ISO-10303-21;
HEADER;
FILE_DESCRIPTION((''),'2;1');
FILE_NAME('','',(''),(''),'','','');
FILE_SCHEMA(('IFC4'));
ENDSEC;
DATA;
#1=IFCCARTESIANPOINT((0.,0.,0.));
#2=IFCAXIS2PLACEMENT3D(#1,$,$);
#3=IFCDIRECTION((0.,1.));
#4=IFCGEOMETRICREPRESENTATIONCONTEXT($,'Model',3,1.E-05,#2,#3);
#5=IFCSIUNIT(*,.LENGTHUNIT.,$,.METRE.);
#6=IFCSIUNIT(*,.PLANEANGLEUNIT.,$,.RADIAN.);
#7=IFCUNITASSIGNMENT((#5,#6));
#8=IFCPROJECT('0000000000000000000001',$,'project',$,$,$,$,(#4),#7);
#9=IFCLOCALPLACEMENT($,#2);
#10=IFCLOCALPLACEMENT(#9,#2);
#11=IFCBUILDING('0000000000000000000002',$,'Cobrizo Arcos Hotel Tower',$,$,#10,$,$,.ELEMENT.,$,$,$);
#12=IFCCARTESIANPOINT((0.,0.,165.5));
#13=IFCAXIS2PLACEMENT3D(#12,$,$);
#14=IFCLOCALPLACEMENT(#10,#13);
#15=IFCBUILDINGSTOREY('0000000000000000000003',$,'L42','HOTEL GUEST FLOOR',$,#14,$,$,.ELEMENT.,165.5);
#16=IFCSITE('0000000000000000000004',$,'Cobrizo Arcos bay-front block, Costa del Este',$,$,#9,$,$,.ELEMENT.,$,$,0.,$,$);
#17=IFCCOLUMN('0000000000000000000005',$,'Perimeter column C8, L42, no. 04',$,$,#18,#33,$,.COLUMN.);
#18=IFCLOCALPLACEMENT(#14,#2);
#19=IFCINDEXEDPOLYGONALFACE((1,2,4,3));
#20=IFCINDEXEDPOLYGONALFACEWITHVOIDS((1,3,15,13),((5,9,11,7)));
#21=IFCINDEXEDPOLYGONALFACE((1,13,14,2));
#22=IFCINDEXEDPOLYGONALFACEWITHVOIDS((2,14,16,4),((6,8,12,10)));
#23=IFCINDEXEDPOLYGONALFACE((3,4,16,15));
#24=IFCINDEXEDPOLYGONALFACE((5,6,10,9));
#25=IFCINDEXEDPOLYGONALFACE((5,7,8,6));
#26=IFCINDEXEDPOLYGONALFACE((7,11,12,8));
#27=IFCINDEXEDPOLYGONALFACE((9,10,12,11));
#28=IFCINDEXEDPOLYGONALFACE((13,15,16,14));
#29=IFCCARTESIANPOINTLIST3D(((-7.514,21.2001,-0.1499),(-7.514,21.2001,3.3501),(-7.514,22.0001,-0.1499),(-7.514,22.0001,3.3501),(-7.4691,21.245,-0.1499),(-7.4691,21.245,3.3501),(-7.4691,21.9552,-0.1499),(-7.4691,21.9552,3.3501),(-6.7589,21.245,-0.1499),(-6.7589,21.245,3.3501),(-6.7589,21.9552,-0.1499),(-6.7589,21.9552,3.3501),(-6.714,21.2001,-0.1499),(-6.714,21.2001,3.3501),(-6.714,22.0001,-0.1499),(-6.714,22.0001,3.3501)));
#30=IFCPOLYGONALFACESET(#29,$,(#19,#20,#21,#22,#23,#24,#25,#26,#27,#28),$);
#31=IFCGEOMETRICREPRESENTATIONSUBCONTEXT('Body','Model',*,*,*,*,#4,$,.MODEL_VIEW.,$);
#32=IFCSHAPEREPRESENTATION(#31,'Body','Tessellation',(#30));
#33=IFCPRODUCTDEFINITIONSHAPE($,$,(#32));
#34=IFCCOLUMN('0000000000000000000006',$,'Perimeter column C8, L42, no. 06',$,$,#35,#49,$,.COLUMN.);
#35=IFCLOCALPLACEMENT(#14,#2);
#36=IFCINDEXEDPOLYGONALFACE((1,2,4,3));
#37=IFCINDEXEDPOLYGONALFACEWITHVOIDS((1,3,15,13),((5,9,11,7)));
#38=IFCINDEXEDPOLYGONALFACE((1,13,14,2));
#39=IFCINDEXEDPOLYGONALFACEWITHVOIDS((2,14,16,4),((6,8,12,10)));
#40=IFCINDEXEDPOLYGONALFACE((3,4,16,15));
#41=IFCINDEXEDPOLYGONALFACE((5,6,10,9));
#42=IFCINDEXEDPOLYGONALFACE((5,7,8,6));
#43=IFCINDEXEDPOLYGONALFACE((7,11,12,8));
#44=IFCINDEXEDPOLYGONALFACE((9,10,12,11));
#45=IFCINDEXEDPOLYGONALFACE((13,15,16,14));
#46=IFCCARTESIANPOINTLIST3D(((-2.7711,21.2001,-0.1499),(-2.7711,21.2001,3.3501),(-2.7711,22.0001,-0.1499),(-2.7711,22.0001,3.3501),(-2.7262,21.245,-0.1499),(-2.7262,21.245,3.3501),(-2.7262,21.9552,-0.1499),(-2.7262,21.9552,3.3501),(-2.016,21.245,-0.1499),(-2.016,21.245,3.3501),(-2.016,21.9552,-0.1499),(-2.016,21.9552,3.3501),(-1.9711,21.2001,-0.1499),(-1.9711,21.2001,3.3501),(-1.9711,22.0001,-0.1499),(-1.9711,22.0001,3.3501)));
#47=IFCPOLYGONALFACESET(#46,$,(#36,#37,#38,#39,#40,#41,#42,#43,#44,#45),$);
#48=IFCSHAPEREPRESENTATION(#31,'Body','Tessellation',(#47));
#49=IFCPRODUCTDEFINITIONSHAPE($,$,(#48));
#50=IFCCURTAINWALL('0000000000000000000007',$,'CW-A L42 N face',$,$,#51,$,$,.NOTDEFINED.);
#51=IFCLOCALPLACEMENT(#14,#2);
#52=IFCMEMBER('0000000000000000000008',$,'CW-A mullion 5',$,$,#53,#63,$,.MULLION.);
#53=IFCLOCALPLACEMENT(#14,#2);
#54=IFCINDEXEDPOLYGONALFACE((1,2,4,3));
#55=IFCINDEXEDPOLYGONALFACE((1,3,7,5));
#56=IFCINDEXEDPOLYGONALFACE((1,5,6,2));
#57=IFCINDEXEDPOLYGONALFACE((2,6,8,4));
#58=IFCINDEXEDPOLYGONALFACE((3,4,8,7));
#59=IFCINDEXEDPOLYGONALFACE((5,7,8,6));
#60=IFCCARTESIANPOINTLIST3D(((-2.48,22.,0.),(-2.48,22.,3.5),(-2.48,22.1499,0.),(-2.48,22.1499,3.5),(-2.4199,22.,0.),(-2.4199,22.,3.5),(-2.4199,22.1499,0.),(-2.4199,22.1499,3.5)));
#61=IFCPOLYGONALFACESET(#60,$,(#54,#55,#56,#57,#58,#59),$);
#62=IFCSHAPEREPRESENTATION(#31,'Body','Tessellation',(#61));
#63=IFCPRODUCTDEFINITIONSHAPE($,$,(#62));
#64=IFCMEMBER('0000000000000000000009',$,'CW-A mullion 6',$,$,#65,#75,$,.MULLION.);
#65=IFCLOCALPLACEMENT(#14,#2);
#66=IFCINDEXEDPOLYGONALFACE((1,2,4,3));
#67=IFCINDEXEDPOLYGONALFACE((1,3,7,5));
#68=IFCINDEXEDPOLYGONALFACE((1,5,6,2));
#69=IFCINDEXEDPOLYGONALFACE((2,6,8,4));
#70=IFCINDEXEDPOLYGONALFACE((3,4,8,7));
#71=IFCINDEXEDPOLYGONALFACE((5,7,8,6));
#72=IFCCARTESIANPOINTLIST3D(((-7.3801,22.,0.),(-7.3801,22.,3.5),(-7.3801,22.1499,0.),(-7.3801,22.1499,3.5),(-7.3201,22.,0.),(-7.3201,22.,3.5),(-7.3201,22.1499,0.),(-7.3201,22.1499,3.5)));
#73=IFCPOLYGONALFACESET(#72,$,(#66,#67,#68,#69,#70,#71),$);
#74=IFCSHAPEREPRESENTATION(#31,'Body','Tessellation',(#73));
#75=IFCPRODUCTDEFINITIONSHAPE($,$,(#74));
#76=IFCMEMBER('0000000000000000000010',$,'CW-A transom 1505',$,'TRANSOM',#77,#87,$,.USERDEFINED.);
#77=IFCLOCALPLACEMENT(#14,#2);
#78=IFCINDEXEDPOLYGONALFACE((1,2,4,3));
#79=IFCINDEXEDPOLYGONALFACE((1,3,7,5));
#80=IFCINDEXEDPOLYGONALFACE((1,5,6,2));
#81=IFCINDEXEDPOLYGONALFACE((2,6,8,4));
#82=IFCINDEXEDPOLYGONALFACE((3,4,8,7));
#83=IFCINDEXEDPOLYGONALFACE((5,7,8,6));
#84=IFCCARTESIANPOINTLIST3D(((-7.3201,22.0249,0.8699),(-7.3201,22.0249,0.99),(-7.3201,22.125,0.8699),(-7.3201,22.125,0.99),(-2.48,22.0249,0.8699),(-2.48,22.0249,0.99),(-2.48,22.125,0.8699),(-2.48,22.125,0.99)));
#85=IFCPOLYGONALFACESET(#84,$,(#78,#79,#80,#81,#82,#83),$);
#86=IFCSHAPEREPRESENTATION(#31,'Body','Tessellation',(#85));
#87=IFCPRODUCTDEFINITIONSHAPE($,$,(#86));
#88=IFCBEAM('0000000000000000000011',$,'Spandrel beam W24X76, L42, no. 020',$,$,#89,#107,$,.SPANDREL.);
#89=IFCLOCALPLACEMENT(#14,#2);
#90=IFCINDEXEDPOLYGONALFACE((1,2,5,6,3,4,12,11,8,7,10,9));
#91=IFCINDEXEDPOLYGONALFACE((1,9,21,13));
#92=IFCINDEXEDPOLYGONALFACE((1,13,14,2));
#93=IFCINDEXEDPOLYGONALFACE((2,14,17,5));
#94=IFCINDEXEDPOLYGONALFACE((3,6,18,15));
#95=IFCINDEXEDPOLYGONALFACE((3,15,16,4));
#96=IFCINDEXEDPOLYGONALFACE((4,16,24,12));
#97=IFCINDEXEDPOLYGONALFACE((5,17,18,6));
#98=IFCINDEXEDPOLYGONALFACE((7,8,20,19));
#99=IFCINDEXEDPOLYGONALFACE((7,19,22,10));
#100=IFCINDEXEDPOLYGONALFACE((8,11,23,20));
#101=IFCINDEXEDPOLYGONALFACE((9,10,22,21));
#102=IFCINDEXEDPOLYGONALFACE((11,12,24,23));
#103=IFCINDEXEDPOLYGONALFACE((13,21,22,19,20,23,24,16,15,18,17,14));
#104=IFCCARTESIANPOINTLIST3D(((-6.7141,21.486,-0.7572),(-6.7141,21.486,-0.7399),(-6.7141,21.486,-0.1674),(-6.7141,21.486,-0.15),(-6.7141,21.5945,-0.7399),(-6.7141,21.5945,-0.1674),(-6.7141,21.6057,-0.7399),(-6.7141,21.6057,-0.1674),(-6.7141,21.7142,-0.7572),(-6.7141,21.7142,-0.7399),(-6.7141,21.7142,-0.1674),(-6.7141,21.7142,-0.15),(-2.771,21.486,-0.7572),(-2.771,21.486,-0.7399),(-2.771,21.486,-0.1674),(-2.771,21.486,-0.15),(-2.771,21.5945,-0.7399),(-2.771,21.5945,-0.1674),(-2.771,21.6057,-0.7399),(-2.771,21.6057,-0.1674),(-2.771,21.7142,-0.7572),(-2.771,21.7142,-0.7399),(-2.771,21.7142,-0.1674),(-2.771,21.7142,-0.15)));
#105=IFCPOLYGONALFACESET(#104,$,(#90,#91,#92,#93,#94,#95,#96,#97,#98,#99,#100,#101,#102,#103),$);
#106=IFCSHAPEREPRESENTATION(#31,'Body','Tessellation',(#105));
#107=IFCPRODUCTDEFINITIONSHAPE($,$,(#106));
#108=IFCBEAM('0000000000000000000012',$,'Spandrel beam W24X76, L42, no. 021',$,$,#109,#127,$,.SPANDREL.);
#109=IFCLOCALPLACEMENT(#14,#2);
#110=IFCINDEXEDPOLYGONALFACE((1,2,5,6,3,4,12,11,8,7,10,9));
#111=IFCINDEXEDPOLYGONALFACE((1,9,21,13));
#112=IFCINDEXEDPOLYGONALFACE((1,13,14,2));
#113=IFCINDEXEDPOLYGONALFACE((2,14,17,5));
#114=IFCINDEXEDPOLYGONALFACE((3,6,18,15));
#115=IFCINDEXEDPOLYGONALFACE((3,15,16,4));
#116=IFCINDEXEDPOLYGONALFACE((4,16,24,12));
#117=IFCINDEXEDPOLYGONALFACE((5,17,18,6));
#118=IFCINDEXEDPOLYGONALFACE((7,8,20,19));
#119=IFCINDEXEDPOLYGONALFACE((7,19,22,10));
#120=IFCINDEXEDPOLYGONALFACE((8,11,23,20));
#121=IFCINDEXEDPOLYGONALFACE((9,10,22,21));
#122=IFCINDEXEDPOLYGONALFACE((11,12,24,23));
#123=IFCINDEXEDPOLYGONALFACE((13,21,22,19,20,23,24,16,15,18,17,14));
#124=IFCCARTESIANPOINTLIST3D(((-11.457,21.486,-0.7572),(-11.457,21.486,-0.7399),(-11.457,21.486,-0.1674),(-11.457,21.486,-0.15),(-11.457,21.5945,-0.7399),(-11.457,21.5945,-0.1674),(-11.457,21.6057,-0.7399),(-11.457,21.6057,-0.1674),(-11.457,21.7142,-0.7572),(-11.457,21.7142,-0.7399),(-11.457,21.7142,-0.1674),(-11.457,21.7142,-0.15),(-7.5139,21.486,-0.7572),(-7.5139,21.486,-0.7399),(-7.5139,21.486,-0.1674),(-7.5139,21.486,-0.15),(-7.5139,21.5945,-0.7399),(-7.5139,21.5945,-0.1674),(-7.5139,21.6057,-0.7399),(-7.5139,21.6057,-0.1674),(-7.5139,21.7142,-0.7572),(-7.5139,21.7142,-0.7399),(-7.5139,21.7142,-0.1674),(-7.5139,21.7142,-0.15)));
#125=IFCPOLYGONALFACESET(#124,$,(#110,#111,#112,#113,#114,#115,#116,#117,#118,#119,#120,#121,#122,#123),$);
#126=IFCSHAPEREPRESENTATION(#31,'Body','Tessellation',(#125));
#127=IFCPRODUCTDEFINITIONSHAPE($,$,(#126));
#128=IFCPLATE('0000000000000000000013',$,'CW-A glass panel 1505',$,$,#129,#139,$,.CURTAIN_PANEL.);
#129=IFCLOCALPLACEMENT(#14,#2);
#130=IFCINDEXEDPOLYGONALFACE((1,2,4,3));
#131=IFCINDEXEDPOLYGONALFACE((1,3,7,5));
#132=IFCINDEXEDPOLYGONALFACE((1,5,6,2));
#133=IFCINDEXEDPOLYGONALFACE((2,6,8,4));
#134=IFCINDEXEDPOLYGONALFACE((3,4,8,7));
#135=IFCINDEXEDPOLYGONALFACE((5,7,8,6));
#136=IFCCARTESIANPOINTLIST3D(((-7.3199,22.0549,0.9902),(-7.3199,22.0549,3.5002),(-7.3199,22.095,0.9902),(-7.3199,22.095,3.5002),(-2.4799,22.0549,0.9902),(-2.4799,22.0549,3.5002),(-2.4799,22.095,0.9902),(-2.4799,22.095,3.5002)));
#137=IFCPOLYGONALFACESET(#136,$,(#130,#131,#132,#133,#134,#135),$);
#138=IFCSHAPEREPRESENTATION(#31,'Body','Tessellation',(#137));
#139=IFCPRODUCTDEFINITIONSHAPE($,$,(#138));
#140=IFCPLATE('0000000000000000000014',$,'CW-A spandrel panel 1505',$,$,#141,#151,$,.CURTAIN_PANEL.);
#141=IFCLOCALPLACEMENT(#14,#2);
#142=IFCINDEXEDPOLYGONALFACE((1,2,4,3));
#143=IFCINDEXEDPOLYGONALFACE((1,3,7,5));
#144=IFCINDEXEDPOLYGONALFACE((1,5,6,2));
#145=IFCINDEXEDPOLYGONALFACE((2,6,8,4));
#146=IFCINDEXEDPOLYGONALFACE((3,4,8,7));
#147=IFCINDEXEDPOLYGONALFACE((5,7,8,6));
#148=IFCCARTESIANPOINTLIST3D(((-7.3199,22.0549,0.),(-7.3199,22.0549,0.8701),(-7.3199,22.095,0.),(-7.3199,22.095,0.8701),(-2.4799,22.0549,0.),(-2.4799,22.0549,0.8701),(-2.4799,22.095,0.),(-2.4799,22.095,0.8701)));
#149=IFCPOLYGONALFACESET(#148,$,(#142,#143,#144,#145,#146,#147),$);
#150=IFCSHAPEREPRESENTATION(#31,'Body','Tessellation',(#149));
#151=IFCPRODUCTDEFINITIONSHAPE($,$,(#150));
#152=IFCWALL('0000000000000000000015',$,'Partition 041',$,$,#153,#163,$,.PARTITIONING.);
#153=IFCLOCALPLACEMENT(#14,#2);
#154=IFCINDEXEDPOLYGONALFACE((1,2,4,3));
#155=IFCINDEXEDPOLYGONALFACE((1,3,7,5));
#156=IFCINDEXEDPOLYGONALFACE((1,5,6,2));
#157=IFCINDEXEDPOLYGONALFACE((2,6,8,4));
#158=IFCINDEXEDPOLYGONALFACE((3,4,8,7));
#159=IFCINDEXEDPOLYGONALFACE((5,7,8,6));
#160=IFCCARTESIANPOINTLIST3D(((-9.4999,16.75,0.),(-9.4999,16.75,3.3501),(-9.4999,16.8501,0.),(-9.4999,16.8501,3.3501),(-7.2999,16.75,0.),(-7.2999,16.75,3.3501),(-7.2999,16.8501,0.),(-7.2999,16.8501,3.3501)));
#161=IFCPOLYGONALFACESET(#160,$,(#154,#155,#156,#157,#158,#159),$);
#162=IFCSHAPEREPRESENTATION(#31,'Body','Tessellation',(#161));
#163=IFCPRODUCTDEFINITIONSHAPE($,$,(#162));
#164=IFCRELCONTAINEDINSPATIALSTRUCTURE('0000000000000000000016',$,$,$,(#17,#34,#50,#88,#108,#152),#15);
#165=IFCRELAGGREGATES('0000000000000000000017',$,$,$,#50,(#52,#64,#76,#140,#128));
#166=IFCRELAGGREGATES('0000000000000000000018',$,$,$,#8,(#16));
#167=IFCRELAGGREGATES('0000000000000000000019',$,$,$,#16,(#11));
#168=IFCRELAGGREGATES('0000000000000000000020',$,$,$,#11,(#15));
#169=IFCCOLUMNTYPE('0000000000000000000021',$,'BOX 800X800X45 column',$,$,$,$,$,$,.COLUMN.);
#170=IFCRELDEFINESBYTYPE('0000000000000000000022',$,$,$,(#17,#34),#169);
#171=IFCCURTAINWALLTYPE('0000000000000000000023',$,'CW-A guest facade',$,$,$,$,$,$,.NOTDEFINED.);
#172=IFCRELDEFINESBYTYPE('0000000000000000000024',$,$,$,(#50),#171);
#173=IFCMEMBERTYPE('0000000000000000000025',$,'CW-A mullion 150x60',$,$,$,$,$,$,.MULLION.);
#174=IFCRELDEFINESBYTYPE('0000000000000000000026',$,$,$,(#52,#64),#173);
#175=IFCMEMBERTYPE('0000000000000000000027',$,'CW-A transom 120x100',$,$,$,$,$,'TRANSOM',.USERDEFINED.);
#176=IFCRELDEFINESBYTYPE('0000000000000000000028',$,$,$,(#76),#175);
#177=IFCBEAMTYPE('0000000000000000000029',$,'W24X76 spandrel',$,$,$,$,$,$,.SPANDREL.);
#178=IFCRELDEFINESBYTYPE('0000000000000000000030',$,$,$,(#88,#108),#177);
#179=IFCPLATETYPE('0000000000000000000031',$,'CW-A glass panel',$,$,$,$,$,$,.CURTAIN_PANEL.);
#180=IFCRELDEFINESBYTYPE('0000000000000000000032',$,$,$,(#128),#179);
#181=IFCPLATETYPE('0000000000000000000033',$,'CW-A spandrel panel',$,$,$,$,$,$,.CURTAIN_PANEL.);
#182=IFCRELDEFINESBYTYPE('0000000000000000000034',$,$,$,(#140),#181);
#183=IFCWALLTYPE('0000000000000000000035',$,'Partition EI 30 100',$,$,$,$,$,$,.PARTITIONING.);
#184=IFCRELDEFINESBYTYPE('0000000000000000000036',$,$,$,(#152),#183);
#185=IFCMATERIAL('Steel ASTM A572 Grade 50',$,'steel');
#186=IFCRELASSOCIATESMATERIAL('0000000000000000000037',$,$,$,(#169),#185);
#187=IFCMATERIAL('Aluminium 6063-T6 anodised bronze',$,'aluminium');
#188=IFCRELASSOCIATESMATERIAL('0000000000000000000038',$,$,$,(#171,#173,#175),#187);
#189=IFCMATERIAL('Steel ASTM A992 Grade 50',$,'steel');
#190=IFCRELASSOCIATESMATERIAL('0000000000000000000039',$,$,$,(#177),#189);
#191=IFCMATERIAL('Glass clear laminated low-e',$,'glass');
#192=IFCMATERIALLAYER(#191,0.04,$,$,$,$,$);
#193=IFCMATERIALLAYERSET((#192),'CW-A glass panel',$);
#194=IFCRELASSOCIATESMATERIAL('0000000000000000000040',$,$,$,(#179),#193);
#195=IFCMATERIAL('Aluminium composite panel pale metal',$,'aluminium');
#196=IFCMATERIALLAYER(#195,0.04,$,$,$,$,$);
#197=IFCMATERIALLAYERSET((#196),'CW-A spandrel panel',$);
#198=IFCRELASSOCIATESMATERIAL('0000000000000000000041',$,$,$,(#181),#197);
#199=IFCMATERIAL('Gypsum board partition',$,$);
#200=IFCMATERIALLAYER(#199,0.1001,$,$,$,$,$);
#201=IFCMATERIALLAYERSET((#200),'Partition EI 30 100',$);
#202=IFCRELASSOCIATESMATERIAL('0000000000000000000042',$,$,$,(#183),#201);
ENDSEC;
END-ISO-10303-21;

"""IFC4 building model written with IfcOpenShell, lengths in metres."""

from ifc_helpers import new_model, si_unit, direction, frame, frame_2d, origin, origin_2d, place, context, subcontext, project, spatial, rectangle, hollow_rectangle, i_section, extrude, material, layer, layer_set, material_profile, profile_set, type_object, element, aggregate, save


model = new_model("IFC4")

# Units and contexts
model_context = context("Model", 3, precision=1e-05, world=origin(), true_north=direction((0.0, 1.0)))
body_context = subcontext(model_context, "Body", "Model", "MODEL_VIEW")
ifc_project = project(units=[si_unit("LENGTHUNIT", "METRE"), si_unit("PLANEANGLEUNIT", "RADIAN")], contexts=[model_context])

# Site, building, storey
site_placement = place(None, origin())
site = spatial("IfcSite", under=ifc_project, at=site_placement, Name="Cobrizo Arcos bay-front block, Costa del Este", CompositionType="ELEMENT", RefElevation=0.0)
building_placement = place(site_placement, origin())
building = spatial("IfcBuilding", under=site, at=building_placement, Name="Cobrizo Arcos Hotel Tower", CompositionType="ELEMENT")
storey_placement = place(building_placement, frame((0.0, 0.0, 165.5)))
storey = spatial("IfcBuildingStorey", under=building, at=storey_placement, Name="L42", Description="HOTEL GUEST FLOOR", CompositionType="ELEMENT", Elevation=165.5)

# Columns
ifc_material_1 = material(Name="Steel ASTM A572 Grade 50", Category="steel")
ifc_material_profile_1 = material_profile(ifc_material_1, hollow_rectangle(XDim=0.8, YDim=0.8, WallThickness=0.0449, at=origin_2d()), Name="BOX 800X800X45")
ifc_profile_set_1 = profile_set([ifc_material_profile_1], Name="Steel ASTM A572 Grade 50")
column_type = type_object("IfcColumnType", Name="BOX 800X800X45 column", PredefinedType="COLUMN", material=ifc_profile_set_1)
for number, where, z_axis, x_axis, name in (
    (1, (-7.114, 21.6001, -0.1499), (0.0, 0.0, 1.0), (1.0, 0.0, 0.0), "Perimeter column C8, L42, no. 04"),
    (2, (-2.3711, 21.6001, -0.1499), (0.0, 0.0, 1.0), (1.0, 0.0, 0.0), "Perimeter column C8, L42, no. 06"),
):
    element("IfcColumn", number, at=place(storey_placement, frame(where, z_axis=z_axis, x_axis=x_axis)), inside=storey, type_object=column_type, Name=name, PredefinedType="COLUMN", context=body_context, shape_type="SweptSolid", body=[
        extrude(hollow_rectangle(XDim=0.8, YDim=0.8, WallThickness=0.0449, at=origin_2d()), origin(), (0.0, 0.0, 1.0), 3.5),
    ])

# Curtain wall, members
ifc_material_2 = material(Name="Aluminium 6063-T6 anodised bronze", Category="aluminium")
curtain_wall_type = type_object("IfcCurtainWallType", Name="CW-A guest facade", PredefinedType="NOTDEFINED", material=ifc_material_2)
curtain_wall_placement = place(storey_placement, origin())
curtain_wall = element("IfcCurtainWall", 3, at=curtain_wall_placement, inside=storey, type_object=curtain_wall_type, Name="CW-A L42 N face", PredefinedType="NOTDEFINED")
ifc_material_profile_2 = material_profile(ifc_material_2, rectangle(XDim=0.1499, YDim=0.0601, at=origin_2d()), Name="CW-A mullion 150x60")
ifc_profile_set_2 = profile_set([ifc_material_profile_2], Name="Aluminium 6063-T6 anodised bronze")
member_type_1 = type_object("IfcMemberType", Name="CW-A mullion 150x60", PredefinedType="MULLION", material=ifc_profile_set_2)
member_1_placement = place(storey_placement, frame((-2.45, 22.075, 0.0), z_axis=(0.0, 0.0, 1.0), x_axis=(0.0, 1.0, 0.0)))
member_1 = element("IfcMember", 4, at=member_1_placement, type_object=member_type_1, Name="CW-A mullion 5", PredefinedType="MULLION", context=body_context, shape_type="SweptSolid", body=[
    extrude(rectangle(XDim=0.1499, YDim=0.0601, at=origin_2d()), origin(), (0.0, 0.0, 1.0), 3.5),
])
member_2_placement = place(storey_placement, frame((-7.3501, 22.075, 0.0), z_axis=(0.0, 0.0, 1.0), x_axis=(0.0, 1.0, 0.0)))
member_2 = element("IfcMember", 5, at=member_2_placement, type_object=member_type_1, Name="CW-A mullion 6", PredefinedType="MULLION", context=body_context, shape_type="SweptSolid", body=[
    extrude(rectangle(XDim=0.1499, YDim=0.0601, at=origin_2d()), origin(), (0.0, 0.0, 1.0), 3.5),
])
ifc_material_profile_3 = material_profile(ifc_material_2, rectangle(XDim=0.1001, YDim=0.1201, at=origin_2d()), Name="CW-A transom 120x100")
ifc_profile_set_3 = profile_set([ifc_material_profile_3], Name="Aluminium 6063-T6 anodised bronze")
member_type_2 = type_object("IfcMemberType", Name="CW-A transom 120x100", ElementType="TRANSOM", PredefinedType="USERDEFINED", material=ifc_profile_set_3)
member_3_placement = place(storey_placement, frame((-2.48, 22.075, 0.9299), z_axis=(-1.0, 0.0, 0.0), x_axis=(0.0, -1.0, 0.0)))
member_3 = element("IfcMember", 6, at=member_3_placement, type_object=member_type_2, Name="CW-A transom 1505", ObjectType="TRANSOM", PredefinedType="USERDEFINED", context=body_context, shape_type="SweptSolid", body=[
    extrude(rectangle(XDim=0.1001, YDim=0.1201, at=origin_2d()), origin(), (0.0, 0.0, 1.0), 4.8401),
])

# Beams
ifc_material_3 = material(Name="Steel ASTM A992 Grade 50", Category="steel")
ifc_material_profile_4 = material_profile(ifc_material_3, i_section(OverallWidth=0.2283, OverallDepth=0.6072, WebThickness=0.0112, FlangeThickness=0.0173, at=origin_2d()), Name="W24X76")
ifc_profile_set_4 = profile_set([ifc_material_profile_4], Name="Steel ASTM A992 Grade 50")
beam_type = type_object("IfcBeamType", Name="W24X76 spandrel", PredefinedType="SPANDREL", material=ifc_profile_set_4)
for number, where, z_axis, x_axis, name in (
    (7, (-2.771, 21.6001, -0.4536), (-1.0, 0.0, 0.0), (0.0, -1.0, 0.0), "Spandrel beam W24X76, L42, no. 020"),
    (8, (-7.5139, 21.6001, -0.4536), (-1.0, 0.0, 0.0), (0.0, -1.0, 0.0), "Spandrel beam W24X76, L42, no. 021"),
):
    element("IfcBeam", number, at=place(storey_placement, frame(where, z_axis=z_axis, x_axis=x_axis)), inside=storey, type_object=beam_type, Name=name, PredefinedType="SPANDREL", context=body_context, shape_type="SweptSolid", body=[
        extrude(i_section(OverallWidth=0.2283, OverallDepth=0.6072, WebThickness=0.0112, FlangeThickness=0.0173, at=origin_2d()), origin(), (0.0, 0.0, 1.0), 3.9431),
    ])

# Plates
ifc_material_4 = material(Name="Glass clear laminated low-e", Category="glass")
ifc_layer_1 = layer(ifc_material_4, 0.04)
ifc_layer_set_1 = layer_set([ifc_layer_1], Name="CW-A glass panel")
plate_type_1 = type_object("IfcPlateType", Name="CW-A glass panel", PredefinedType="CURTAIN_PANEL", material=ifc_layer_set_1)
plate_1_placement = place(storey_placement, frame((-4.8999, 22.075, 0.9902), z_axis=(0.0, 0.0, 1.0), x_axis=(-1.0, 0.0, 0.0)))
plate_1 = element("IfcPlate", 9, at=plate_1_placement, type_object=plate_type_1, Name="CW-A glass panel 1505", PredefinedType="CURTAIN_PANEL", context=body_context, shape_type="SweptSolid", body=[
    extrude(rectangle(XDim=4.8401, YDim=0.04, at=origin_2d()), origin(), (0.0, 0.0, 1.0), 2.51),
])
ifc_material_5 = material(Name="Aluminium composite panel pale metal", Category="aluminium")
ifc_layer_2 = layer(ifc_material_5, 0.04)
ifc_layer_set_2 = layer_set([ifc_layer_2], Name="CW-A spandrel panel")
plate_type_2 = type_object("IfcPlateType", Name="CW-A spandrel panel", PredefinedType="CURTAIN_PANEL", material=ifc_layer_set_2)
plate_2_placement = place(storey_placement, frame((-4.8999, 22.075, 0.0), z_axis=(0.0, 0.0, 1.0), x_axis=(-1.0, 0.0, 0.0)))
plate_2 = element("IfcPlate", 10, at=plate_2_placement, type_object=plate_type_2, Name="CW-A spandrel panel 1505", PredefinedType="CURTAIN_PANEL", context=body_context, shape_type="SweptSolid", body=[
    extrude(rectangle(XDim=4.8401, YDim=0.04, at=origin_2d()), origin(), (0.0, 0.0, 1.0), 0.8701),
])
aggregate(curtain_wall, [member_1, member_2, member_3, plate_2, plate_1])

# Wall
ifc_material_6 = material(Name="Gypsum board partition")
ifc_layer_3 = layer(ifc_material_6, 0.1001)
ifc_layer_set_3 = layer_set([ifc_layer_3], Name="Partition EI 30 100")
wall_type = type_object("IfcWallType", Name="Partition EI 30 100", PredefinedType="PARTITIONING", material=ifc_layer_set_3)
wall_1_placement = place(storey_placement, frame((-9.5, 16.8, 0.0), z_axis=(0.0, 0.0, 1.0), x_axis=(1.0, 0.0, 0.0)))
element("IfcWall", 11, at=wall_1_placement, inside=storey, type_object=wall_type, Name="Partition 041", PredefinedType="PARTITIONING", context=body_context, shape_type="SweptSolid", body=[
    extrude(rectangle(XDim=2.2, YDim=0.1001, at=frame_2d((1.1001, 0.0))), origin(), (0.0, 0.0, 1.0), 3.3501),
])

save(model, "model.ifc")
